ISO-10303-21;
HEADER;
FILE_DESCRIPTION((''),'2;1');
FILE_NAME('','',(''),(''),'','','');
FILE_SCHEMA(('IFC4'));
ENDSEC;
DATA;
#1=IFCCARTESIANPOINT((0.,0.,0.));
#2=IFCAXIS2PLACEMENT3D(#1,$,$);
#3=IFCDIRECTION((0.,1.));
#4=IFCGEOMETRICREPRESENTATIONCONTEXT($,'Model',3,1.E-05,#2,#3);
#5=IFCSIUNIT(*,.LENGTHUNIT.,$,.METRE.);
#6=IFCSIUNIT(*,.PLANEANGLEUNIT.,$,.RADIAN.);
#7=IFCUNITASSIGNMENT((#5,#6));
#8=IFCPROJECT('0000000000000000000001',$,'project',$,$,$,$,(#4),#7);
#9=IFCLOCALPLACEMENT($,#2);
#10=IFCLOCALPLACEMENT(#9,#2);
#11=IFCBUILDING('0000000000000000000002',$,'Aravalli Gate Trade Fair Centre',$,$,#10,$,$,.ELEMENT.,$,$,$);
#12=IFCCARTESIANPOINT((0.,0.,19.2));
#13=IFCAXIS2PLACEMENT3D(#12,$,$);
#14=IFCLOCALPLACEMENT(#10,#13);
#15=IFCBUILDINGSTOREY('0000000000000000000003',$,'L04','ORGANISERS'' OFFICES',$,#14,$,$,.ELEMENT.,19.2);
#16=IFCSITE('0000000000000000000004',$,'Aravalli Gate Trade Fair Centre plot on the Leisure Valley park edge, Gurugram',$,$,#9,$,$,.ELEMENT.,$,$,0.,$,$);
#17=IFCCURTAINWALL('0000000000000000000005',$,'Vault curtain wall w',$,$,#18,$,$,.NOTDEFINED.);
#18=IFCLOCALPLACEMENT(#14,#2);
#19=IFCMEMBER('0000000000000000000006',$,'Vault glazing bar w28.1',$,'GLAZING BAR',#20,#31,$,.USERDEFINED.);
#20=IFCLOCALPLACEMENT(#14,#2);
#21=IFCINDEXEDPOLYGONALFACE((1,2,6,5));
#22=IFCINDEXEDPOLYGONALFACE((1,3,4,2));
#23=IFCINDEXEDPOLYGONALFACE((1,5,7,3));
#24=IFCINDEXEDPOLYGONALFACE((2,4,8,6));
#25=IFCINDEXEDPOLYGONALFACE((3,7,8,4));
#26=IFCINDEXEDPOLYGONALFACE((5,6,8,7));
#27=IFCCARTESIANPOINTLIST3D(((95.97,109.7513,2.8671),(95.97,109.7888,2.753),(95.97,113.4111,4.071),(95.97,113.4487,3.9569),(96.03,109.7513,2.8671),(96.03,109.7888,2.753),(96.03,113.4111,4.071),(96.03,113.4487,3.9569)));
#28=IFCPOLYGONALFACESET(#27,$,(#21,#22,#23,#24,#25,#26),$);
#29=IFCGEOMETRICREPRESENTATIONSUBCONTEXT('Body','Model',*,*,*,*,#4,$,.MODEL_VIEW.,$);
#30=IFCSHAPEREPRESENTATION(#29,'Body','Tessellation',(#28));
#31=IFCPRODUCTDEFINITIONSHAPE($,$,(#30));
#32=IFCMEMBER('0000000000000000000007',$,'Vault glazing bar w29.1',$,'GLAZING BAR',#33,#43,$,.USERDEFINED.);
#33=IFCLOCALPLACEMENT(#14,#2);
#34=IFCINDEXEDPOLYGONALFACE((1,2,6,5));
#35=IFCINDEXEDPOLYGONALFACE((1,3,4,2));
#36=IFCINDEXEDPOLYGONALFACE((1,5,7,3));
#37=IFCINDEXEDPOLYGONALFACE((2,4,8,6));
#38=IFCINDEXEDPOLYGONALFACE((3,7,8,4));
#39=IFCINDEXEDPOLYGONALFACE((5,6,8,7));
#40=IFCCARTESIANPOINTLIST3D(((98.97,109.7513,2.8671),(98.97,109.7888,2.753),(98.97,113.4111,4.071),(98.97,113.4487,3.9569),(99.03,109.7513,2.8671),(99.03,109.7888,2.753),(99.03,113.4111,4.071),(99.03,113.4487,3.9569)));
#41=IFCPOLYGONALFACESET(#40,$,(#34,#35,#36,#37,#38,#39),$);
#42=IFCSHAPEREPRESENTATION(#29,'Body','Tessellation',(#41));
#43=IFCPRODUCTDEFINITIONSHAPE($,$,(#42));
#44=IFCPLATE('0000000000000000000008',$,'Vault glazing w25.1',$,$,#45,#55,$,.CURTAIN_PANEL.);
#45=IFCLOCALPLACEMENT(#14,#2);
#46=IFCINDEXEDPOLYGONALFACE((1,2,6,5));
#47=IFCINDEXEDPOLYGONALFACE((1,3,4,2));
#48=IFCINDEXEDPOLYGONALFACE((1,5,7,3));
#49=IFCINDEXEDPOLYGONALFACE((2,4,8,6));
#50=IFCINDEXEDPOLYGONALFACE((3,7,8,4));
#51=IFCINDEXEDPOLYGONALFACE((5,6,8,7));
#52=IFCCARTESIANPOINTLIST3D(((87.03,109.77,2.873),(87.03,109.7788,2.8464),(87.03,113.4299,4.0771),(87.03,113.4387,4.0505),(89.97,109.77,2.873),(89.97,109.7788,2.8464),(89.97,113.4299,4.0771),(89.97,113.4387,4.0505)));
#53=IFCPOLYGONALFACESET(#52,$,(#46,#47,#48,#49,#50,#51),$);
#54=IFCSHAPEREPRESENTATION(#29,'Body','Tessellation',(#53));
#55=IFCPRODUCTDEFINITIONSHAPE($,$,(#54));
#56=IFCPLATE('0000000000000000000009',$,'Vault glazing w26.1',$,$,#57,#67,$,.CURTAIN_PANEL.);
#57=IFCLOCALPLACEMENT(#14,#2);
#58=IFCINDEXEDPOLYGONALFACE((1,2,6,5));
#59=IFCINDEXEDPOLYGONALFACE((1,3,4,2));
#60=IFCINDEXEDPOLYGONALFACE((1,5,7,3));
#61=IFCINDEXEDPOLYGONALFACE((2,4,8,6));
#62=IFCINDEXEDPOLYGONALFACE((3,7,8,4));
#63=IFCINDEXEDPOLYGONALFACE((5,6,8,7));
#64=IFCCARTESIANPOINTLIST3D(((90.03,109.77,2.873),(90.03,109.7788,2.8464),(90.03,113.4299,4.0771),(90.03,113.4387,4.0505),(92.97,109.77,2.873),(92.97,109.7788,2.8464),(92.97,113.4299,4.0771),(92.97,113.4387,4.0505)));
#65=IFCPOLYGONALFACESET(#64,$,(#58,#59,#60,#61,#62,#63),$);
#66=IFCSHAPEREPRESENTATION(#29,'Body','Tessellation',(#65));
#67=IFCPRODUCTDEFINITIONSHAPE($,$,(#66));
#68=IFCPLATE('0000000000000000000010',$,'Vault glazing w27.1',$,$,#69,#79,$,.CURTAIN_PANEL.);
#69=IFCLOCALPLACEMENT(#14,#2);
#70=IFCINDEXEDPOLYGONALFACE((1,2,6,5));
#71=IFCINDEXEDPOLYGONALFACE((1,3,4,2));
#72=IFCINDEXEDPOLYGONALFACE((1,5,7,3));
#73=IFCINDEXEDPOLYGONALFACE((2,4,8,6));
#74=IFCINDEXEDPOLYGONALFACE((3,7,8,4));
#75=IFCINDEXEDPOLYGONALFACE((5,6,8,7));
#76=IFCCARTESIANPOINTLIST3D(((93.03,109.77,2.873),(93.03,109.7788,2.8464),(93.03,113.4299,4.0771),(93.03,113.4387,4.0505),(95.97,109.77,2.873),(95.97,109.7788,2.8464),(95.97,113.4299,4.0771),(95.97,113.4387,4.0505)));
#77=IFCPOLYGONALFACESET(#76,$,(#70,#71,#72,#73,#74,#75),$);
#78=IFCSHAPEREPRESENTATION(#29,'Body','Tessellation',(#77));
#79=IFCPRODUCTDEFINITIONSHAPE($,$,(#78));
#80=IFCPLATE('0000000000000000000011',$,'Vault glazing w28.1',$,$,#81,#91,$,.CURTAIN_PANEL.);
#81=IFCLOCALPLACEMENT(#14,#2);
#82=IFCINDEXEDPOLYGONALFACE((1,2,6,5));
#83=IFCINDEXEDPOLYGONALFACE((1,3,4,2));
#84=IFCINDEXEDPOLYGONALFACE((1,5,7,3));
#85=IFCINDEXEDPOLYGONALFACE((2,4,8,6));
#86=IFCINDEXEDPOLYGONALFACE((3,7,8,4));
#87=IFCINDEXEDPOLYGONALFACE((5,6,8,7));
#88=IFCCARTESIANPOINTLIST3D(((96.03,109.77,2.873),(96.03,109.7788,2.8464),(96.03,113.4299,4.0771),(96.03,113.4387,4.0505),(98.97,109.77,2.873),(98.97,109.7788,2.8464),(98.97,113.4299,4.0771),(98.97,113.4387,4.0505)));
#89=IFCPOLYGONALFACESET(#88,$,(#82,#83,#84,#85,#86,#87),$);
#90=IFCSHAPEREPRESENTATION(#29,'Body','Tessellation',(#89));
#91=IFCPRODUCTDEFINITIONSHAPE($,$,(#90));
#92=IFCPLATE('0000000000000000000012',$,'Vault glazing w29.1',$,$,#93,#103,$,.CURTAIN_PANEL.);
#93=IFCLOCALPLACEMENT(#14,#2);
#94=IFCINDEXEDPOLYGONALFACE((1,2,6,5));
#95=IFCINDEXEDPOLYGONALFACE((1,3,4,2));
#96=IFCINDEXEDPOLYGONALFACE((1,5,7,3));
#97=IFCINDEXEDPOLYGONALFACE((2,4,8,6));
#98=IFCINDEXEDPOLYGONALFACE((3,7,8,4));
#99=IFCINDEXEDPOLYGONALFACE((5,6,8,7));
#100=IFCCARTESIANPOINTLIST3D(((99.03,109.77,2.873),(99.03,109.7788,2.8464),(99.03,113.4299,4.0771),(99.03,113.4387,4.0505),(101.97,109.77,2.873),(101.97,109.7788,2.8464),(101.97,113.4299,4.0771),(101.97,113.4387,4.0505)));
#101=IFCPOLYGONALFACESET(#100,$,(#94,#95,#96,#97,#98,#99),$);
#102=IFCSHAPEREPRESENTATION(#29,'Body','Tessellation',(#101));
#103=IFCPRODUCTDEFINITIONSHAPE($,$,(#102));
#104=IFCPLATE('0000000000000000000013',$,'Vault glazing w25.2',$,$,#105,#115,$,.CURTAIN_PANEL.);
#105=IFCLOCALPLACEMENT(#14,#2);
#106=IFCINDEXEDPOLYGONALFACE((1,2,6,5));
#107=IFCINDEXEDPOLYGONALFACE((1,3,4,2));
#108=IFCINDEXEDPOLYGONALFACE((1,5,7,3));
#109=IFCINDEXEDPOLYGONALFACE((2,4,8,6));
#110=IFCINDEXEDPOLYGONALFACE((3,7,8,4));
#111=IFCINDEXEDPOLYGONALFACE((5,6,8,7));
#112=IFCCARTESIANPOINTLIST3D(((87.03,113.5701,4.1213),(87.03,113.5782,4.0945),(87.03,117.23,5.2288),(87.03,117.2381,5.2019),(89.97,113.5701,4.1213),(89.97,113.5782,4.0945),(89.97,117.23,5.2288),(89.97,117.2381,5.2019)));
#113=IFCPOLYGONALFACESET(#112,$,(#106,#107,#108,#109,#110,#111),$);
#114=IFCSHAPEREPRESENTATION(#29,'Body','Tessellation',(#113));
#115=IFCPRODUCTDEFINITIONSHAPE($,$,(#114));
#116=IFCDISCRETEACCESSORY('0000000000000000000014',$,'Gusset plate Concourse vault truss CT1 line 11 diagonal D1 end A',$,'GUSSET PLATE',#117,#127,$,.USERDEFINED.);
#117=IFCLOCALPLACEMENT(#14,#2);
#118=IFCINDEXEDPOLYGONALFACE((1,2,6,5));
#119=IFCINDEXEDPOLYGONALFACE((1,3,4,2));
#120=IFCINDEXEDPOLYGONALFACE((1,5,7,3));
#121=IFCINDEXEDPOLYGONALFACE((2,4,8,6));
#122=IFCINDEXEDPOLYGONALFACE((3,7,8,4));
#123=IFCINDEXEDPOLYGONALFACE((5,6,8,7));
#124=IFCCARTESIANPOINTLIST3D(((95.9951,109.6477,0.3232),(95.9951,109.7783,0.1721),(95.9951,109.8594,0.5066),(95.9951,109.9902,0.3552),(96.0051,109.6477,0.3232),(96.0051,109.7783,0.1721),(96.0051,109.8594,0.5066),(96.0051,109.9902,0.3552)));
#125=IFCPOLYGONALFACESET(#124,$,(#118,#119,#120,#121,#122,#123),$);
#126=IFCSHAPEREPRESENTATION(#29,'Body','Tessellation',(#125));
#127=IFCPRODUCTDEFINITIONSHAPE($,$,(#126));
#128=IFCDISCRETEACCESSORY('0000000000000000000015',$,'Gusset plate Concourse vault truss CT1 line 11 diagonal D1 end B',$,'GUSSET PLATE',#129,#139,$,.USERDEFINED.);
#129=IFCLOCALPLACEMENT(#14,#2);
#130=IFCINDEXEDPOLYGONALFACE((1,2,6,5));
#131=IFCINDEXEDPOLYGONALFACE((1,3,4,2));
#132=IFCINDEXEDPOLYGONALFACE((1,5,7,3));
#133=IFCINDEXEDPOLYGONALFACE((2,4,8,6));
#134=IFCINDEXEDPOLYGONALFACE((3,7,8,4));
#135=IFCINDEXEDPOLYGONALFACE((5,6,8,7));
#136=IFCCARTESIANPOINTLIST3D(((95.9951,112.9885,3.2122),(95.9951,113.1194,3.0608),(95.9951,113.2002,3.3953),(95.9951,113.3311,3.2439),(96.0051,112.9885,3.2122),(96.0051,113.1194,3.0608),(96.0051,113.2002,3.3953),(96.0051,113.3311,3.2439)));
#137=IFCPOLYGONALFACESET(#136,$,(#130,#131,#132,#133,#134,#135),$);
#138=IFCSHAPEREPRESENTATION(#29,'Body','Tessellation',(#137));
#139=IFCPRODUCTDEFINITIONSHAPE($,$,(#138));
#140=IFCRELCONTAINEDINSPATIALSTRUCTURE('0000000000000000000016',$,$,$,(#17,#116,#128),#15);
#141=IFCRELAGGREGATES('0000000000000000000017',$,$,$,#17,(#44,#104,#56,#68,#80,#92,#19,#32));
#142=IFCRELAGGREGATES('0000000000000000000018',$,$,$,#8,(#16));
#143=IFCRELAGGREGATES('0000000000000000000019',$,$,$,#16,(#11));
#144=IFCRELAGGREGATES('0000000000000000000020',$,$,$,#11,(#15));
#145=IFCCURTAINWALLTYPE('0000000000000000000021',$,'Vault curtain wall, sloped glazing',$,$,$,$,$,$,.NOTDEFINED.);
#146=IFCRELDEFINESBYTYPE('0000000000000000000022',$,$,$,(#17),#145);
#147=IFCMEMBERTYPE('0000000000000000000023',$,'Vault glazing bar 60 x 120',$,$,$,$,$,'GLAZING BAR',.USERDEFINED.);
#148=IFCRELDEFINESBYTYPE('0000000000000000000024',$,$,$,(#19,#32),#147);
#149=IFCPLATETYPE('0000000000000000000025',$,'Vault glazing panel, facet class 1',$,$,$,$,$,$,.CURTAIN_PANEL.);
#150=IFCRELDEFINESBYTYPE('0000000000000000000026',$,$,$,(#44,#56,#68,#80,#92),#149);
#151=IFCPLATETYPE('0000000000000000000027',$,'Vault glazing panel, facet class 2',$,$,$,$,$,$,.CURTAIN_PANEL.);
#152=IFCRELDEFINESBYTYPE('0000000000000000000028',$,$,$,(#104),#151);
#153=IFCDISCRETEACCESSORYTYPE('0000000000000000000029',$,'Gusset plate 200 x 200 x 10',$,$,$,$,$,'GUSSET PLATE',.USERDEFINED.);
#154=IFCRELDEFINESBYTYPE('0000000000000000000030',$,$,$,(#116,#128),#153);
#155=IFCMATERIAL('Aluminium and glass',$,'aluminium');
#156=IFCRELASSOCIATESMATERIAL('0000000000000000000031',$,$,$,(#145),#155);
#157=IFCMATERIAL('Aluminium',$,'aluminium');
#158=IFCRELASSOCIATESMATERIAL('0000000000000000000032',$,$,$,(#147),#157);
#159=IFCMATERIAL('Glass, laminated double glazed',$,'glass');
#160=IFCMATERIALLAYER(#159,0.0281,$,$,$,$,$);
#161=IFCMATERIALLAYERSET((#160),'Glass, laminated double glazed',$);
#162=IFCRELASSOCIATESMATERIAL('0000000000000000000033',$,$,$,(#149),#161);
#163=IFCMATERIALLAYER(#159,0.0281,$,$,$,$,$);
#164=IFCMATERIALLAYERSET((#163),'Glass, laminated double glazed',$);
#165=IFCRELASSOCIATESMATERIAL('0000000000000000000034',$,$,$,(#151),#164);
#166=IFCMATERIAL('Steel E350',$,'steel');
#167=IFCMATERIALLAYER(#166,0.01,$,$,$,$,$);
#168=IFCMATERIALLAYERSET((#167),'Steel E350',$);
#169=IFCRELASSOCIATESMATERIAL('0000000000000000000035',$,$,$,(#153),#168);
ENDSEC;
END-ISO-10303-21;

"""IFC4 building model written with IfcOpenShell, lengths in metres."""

from ifc_helpers import new_model, si_unit, direction, frame, origin, origin_2d, place, context, subcontext, project, spatial, polyline, rectangle, outline, extrude, material, layer, layer_set, material_profile, profile_set, type_object, element, aggregate, save


model = new_model("IFC4")

# Units and contexts
model_context = context("Model", 3, precision=1e-05, world=origin(), true_north=direction((0.0, 1.0)))
body_context = subcontext(model_context, "Body", "Model", "MODEL_VIEW")
ifc_project = project(units=[si_unit("LENGTHUNIT", "METRE"), si_unit("PLANEANGLEUNIT", "RADIAN")], contexts=[model_context])

# Site, building, storey
site_placement = place(None, origin())
site = spatial("IfcSite", under=ifc_project, at=site_placement, Name="Aravalli Gate Trade Fair Centre plot on the Leisure Valley park edge, Gurugram", CompositionType="ELEMENT", RefElevation=0.0)
building_placement = place(site_placement, origin())
building = spatial("IfcBuilding", under=site, at=building_placement, Name="Aravalli Gate Trade Fair Centre", CompositionType="ELEMENT")
storey_placement = place(building_placement, frame((0.0, 0.0, 19.2)))
storey = spatial("IfcBuildingStorey", under=building, at=storey_placement, Name="L04", Description="ORGANISERS' OFFICES", CompositionType="ELEMENT", Elevation=19.2)

# Shared definitions
ifc_material_1 = material(Name="Steel E350", Category="steel")
ifc_material_2 = material(Name="Aluminium", Category="aluminium")

# Curtain wall, members, plates
ifc_material_3 = material(Name="Aluminium and glass", Category="aluminium")
curtain_wall_type = type_object("IfcCurtainWallType", Name="Vault curtain wall, sloped glazing", PredefinedType="NOTDEFINED", material=ifc_material_3)
curtain_wall_placement = place(storey_placement, origin())
curtain_wall = element("IfcCurtainWall", 1, at=curtain_wall_placement, inside=storey, type_object=curtain_wall_type, Name="Vault curtain wall w", PredefinedType="NOTDEFINED")
ifc_material_profile_1 = material_profile(ifc_material_2, rectangle(XDim=0.0601, YDim=0.1201, at=origin_2d()), Name="Vault glazing bar 60 x 120")
ifc_profile_set_1 = profile_set([ifc_material_profile_1], Name="Aluminium")
member_type_1 = type_object("IfcMemberType", Name="Vault glazing bar 60 x 120", ElementType="GLAZING BAR", PredefinedType="USERDEFINED", material=ifc_profile_set_1)
member_1_placement = place(storey_placement, frame((96.0, 109.77, 2.8101), z_axis=(0.0, 0.94993, 0.312461), x_axis=(-1.0, 0.0, 0.0)))
member_1 = element("IfcMember", 2, at=member_1_placement, type_object=member_type_1, Name="Vault glazing bar w28.1", ObjectType="GLAZING BAR", PredefinedType="USERDEFINED", context=body_context, shape_type="SweptSolid", body=[
    extrude(rectangle(XDim=0.0601, YDim=0.1201, at=origin_2d()), origin(), (0.0, 0.0, 1.0), 3.8528),
])
member_2_placement = place(storey_placement, frame((99.0, 109.77, 2.8101), z_axis=(0.0, 0.94993, 0.312461), x_axis=(-1.0, 0.0, 0.0)))
member_2 = element("IfcMember", 3, at=member_2_placement, type_object=member_type_1, Name="Vault glazing bar w29.1", ObjectType="GLAZING BAR", PredefinedType="USERDEFINED", context=body_context, shape_type="SweptSolid", body=[
    extrude(rectangle(XDim=0.0601, YDim=0.1201, at=origin_2d()), origin(), (0.0, 0.0, 1.0), 3.8528),
])
ifc_material_4 = material(Name="Glass, laminated double glazed", Category="glass")
ifc_layer_1 = layer(ifc_material_4, 0.0281)
ifc_layer_set_1 = layer_set([ifc_layer_1], Name="Glass, laminated double glazed")
plate_type_1 = type_object("IfcPlateType", Name="Vault glazing panel, facet class 1", PredefinedType="CURTAIN_PANEL", material=ifc_layer_set_1)
plate_1_placement = place(storey_placement, frame((87.03, 109.77, 2.873), z_axis=(0.0, -0.312518, 0.949912), x_axis=(1.0, 0.0, 0.0)))
plate_1 = element("IfcPlate", 4, at=plate_1_placement, type_object=plate_type_1, Name="Vault glazing w25.1", PredefinedType="CURTAIN_PANEL", context=body_context, shape_type="SweptSolid", body=[
    extrude(outline(polyline([(0.0, 0.0), (2.9399, 0.0), (2.9399, 3.8529), (0.0, 3.8529), (0.0, 0.0)])), origin(), (0.0, 0.0, -1.0), 0.0281),
])
plate_2_placement = place(storey_placement, frame((90.03, 109.77, 2.873), z_axis=(0.0, -0.312518, 0.949912), x_axis=(1.0, 0.0, 0.0)))
plate_2 = element("IfcPlate", 5, at=plate_2_placement, type_object=plate_type_1, Name="Vault glazing w26.1", PredefinedType="CURTAIN_PANEL", context=body_context, shape_type="SweptSolid", body=[
    extrude(outline(polyline([(0.0, 0.0), (2.9399, 0.0), (2.9399, 3.8529), (0.0, 3.8529), (0.0, 0.0)])), origin(), (0.0, 0.0, -1.0), 0.0281),
])
plate_3_placement = place(storey_placement, frame((93.03, 109.77, 2.873), z_axis=(0.0, -0.312518, 0.949912), x_axis=(1.0, 0.0, 0.0)))
plate_3 = element("IfcPlate", 6, at=plate_3_placement, type_object=plate_type_1, Name="Vault glazing w27.1", PredefinedType="CURTAIN_PANEL", context=body_context, shape_type="SweptSolid", body=[
    extrude(outline(polyline([(0.0, 0.0), (2.9399, 0.0), (2.9399, 3.8529), (0.0, 3.8529), (0.0, 0.0)])), origin(), (0.0, 0.0, -1.0), 0.0281),
])
plate_4_placement = place(storey_placement, frame((96.03, 109.77, 2.873), z_axis=(0.0, -0.312518, 0.949912), x_axis=(1.0, 0.0, 0.0)))
plate_4 = element("IfcPlate", 7, at=plate_4_placement, type_object=plate_type_1, Name="Vault glazing w28.1", PredefinedType="CURTAIN_PANEL", context=body_context, shape_type="SweptSolid", body=[
    extrude(outline(polyline([(0.0, 0.0), (2.9399, 0.0), (2.9399, 3.8529), (0.0, 3.8529), (0.0, 0.0)])), origin(), (0.0, 0.0, -1.0), 0.0281),
])
plate_5_placement = place(storey_placement, frame((99.03, 109.77, 2.873), z_axis=(0.0, -0.312518, 0.949912), x_axis=(1.0, 0.0, 0.0)))
plate_5 = element("IfcPlate", 8, at=plate_5_placement, type_object=plate_type_1, Name="Vault glazing w29.1", PredefinedType="CURTAIN_PANEL", context=body_context, shape_type="SweptSolid", body=[
    extrude(outline(polyline([(0.0, 0.0), (2.9399, 0.0), (2.9399, 3.8529), (0.0, 3.8529), (0.0, 0.0)])), origin(), (0.0, 0.0, -1.0), 0.0281),
])
ifc_layer_2 = layer(ifc_material_4, 0.0281)
ifc_layer_set_2 = layer_set([ifc_layer_2], Name="Glass, laminated double glazed")
plate_type_2 = type_object("IfcPlateType", Name="Vault glazing panel, facet class 2", PredefinedType="CURTAIN_PANEL", material=ifc_layer_set_2)
plate_6_placement = place(storey_placement, frame((87.03, 113.5701, 4.1213), z_axis=(0.0, -0.289614, 0.957144), x_axis=(1.0, 0.0, 0.0)))
plate_6 = element("IfcPlate", 9, at=plate_6_placement, type_object=plate_type_2, Name="Vault glazing w25.2", PredefinedType="CURTAIN_PANEL", context=body_context, shape_type="SweptSolid", body=[
    extrude(outline(polyline([(0.0, 0.0), (2.9399, 0.0), (2.9399, 3.8238), (0.0, 3.8238), (0.0, 0.0)])), origin(), (0.0, 0.0, -1.0), 0.0281),
])
aggregate(curtain_wall, [plate_1, plate_6, plate_2, plate_3, plate_4, plate_5, member_1, member_2])

# Discrete accessories
ifc_layer_3 = layer(ifc_material_1, 0.01)
ifc_layer_set_3 = layer_set([ifc_layer_3], Name="Steel E350")
discrete_accessory_type = type_object("IfcDiscreteAccessoryType", Name="Gusset plate 200 x 200 x 10", ElementType="GUSSET PLATE", PredefinedType="USERDEFINED", material=ifc_layer_set_3)
discrete_accessory_1_placement = place(storey_placement, frame((95.9951, 109.9902, 0.3552), z_axis=(-1.0, 0.0, 0.0), x_axis=(0.0, -0.756666, -0.653801)))
element("IfcDiscreteAccessory", 10, at=discrete_accessory_1_placement, inside=storey, type_object=discrete_accessory_type, Name="Gusset plate Concourse vault truss CT1 line 11 diagonal D1 end A", ObjectType="GUSSET PLATE", PredefinedType="USERDEFINED", context=body_context, shape_type="SweptSolid", body=[
    extrude(outline(polyline([(0.0, 0.0), (0.2801, 0.0), (0.2801, 0.1997), (0.0001, 0.2001), (0.0, 0.0)])), origin(), (0.0, 0.0, -1.0), 0.01),
])
discrete_accessory_2_placement = place(storey_placement, frame((95.9951, 112.9885, 3.2122), z_axis=(-1.0, 0.0, 0.0), x_axis=(0.0, 0.756293, 0.654233)))
element("IfcDiscreteAccessory", 11, at=discrete_accessory_2_placement, inside=storey, type_object=discrete_accessory_type, Name="Gusset plate Concourse vault truss CT1 line 11 diagonal D1 end B", ObjectType="GUSSET PLATE", PredefinedType="USERDEFINED", context=body_context, shape_type="SweptSolid", body=[
    extrude(outline(polyline([(0.0, 0.0), (0.2799, 0.0), (0.2798, 0.2001), (-0.0001, 0.2001), (0.0, 0.0)])), origin(), (0.0, 0.0, -1.0), 0.01),
])

save(model, "model.ifc")
